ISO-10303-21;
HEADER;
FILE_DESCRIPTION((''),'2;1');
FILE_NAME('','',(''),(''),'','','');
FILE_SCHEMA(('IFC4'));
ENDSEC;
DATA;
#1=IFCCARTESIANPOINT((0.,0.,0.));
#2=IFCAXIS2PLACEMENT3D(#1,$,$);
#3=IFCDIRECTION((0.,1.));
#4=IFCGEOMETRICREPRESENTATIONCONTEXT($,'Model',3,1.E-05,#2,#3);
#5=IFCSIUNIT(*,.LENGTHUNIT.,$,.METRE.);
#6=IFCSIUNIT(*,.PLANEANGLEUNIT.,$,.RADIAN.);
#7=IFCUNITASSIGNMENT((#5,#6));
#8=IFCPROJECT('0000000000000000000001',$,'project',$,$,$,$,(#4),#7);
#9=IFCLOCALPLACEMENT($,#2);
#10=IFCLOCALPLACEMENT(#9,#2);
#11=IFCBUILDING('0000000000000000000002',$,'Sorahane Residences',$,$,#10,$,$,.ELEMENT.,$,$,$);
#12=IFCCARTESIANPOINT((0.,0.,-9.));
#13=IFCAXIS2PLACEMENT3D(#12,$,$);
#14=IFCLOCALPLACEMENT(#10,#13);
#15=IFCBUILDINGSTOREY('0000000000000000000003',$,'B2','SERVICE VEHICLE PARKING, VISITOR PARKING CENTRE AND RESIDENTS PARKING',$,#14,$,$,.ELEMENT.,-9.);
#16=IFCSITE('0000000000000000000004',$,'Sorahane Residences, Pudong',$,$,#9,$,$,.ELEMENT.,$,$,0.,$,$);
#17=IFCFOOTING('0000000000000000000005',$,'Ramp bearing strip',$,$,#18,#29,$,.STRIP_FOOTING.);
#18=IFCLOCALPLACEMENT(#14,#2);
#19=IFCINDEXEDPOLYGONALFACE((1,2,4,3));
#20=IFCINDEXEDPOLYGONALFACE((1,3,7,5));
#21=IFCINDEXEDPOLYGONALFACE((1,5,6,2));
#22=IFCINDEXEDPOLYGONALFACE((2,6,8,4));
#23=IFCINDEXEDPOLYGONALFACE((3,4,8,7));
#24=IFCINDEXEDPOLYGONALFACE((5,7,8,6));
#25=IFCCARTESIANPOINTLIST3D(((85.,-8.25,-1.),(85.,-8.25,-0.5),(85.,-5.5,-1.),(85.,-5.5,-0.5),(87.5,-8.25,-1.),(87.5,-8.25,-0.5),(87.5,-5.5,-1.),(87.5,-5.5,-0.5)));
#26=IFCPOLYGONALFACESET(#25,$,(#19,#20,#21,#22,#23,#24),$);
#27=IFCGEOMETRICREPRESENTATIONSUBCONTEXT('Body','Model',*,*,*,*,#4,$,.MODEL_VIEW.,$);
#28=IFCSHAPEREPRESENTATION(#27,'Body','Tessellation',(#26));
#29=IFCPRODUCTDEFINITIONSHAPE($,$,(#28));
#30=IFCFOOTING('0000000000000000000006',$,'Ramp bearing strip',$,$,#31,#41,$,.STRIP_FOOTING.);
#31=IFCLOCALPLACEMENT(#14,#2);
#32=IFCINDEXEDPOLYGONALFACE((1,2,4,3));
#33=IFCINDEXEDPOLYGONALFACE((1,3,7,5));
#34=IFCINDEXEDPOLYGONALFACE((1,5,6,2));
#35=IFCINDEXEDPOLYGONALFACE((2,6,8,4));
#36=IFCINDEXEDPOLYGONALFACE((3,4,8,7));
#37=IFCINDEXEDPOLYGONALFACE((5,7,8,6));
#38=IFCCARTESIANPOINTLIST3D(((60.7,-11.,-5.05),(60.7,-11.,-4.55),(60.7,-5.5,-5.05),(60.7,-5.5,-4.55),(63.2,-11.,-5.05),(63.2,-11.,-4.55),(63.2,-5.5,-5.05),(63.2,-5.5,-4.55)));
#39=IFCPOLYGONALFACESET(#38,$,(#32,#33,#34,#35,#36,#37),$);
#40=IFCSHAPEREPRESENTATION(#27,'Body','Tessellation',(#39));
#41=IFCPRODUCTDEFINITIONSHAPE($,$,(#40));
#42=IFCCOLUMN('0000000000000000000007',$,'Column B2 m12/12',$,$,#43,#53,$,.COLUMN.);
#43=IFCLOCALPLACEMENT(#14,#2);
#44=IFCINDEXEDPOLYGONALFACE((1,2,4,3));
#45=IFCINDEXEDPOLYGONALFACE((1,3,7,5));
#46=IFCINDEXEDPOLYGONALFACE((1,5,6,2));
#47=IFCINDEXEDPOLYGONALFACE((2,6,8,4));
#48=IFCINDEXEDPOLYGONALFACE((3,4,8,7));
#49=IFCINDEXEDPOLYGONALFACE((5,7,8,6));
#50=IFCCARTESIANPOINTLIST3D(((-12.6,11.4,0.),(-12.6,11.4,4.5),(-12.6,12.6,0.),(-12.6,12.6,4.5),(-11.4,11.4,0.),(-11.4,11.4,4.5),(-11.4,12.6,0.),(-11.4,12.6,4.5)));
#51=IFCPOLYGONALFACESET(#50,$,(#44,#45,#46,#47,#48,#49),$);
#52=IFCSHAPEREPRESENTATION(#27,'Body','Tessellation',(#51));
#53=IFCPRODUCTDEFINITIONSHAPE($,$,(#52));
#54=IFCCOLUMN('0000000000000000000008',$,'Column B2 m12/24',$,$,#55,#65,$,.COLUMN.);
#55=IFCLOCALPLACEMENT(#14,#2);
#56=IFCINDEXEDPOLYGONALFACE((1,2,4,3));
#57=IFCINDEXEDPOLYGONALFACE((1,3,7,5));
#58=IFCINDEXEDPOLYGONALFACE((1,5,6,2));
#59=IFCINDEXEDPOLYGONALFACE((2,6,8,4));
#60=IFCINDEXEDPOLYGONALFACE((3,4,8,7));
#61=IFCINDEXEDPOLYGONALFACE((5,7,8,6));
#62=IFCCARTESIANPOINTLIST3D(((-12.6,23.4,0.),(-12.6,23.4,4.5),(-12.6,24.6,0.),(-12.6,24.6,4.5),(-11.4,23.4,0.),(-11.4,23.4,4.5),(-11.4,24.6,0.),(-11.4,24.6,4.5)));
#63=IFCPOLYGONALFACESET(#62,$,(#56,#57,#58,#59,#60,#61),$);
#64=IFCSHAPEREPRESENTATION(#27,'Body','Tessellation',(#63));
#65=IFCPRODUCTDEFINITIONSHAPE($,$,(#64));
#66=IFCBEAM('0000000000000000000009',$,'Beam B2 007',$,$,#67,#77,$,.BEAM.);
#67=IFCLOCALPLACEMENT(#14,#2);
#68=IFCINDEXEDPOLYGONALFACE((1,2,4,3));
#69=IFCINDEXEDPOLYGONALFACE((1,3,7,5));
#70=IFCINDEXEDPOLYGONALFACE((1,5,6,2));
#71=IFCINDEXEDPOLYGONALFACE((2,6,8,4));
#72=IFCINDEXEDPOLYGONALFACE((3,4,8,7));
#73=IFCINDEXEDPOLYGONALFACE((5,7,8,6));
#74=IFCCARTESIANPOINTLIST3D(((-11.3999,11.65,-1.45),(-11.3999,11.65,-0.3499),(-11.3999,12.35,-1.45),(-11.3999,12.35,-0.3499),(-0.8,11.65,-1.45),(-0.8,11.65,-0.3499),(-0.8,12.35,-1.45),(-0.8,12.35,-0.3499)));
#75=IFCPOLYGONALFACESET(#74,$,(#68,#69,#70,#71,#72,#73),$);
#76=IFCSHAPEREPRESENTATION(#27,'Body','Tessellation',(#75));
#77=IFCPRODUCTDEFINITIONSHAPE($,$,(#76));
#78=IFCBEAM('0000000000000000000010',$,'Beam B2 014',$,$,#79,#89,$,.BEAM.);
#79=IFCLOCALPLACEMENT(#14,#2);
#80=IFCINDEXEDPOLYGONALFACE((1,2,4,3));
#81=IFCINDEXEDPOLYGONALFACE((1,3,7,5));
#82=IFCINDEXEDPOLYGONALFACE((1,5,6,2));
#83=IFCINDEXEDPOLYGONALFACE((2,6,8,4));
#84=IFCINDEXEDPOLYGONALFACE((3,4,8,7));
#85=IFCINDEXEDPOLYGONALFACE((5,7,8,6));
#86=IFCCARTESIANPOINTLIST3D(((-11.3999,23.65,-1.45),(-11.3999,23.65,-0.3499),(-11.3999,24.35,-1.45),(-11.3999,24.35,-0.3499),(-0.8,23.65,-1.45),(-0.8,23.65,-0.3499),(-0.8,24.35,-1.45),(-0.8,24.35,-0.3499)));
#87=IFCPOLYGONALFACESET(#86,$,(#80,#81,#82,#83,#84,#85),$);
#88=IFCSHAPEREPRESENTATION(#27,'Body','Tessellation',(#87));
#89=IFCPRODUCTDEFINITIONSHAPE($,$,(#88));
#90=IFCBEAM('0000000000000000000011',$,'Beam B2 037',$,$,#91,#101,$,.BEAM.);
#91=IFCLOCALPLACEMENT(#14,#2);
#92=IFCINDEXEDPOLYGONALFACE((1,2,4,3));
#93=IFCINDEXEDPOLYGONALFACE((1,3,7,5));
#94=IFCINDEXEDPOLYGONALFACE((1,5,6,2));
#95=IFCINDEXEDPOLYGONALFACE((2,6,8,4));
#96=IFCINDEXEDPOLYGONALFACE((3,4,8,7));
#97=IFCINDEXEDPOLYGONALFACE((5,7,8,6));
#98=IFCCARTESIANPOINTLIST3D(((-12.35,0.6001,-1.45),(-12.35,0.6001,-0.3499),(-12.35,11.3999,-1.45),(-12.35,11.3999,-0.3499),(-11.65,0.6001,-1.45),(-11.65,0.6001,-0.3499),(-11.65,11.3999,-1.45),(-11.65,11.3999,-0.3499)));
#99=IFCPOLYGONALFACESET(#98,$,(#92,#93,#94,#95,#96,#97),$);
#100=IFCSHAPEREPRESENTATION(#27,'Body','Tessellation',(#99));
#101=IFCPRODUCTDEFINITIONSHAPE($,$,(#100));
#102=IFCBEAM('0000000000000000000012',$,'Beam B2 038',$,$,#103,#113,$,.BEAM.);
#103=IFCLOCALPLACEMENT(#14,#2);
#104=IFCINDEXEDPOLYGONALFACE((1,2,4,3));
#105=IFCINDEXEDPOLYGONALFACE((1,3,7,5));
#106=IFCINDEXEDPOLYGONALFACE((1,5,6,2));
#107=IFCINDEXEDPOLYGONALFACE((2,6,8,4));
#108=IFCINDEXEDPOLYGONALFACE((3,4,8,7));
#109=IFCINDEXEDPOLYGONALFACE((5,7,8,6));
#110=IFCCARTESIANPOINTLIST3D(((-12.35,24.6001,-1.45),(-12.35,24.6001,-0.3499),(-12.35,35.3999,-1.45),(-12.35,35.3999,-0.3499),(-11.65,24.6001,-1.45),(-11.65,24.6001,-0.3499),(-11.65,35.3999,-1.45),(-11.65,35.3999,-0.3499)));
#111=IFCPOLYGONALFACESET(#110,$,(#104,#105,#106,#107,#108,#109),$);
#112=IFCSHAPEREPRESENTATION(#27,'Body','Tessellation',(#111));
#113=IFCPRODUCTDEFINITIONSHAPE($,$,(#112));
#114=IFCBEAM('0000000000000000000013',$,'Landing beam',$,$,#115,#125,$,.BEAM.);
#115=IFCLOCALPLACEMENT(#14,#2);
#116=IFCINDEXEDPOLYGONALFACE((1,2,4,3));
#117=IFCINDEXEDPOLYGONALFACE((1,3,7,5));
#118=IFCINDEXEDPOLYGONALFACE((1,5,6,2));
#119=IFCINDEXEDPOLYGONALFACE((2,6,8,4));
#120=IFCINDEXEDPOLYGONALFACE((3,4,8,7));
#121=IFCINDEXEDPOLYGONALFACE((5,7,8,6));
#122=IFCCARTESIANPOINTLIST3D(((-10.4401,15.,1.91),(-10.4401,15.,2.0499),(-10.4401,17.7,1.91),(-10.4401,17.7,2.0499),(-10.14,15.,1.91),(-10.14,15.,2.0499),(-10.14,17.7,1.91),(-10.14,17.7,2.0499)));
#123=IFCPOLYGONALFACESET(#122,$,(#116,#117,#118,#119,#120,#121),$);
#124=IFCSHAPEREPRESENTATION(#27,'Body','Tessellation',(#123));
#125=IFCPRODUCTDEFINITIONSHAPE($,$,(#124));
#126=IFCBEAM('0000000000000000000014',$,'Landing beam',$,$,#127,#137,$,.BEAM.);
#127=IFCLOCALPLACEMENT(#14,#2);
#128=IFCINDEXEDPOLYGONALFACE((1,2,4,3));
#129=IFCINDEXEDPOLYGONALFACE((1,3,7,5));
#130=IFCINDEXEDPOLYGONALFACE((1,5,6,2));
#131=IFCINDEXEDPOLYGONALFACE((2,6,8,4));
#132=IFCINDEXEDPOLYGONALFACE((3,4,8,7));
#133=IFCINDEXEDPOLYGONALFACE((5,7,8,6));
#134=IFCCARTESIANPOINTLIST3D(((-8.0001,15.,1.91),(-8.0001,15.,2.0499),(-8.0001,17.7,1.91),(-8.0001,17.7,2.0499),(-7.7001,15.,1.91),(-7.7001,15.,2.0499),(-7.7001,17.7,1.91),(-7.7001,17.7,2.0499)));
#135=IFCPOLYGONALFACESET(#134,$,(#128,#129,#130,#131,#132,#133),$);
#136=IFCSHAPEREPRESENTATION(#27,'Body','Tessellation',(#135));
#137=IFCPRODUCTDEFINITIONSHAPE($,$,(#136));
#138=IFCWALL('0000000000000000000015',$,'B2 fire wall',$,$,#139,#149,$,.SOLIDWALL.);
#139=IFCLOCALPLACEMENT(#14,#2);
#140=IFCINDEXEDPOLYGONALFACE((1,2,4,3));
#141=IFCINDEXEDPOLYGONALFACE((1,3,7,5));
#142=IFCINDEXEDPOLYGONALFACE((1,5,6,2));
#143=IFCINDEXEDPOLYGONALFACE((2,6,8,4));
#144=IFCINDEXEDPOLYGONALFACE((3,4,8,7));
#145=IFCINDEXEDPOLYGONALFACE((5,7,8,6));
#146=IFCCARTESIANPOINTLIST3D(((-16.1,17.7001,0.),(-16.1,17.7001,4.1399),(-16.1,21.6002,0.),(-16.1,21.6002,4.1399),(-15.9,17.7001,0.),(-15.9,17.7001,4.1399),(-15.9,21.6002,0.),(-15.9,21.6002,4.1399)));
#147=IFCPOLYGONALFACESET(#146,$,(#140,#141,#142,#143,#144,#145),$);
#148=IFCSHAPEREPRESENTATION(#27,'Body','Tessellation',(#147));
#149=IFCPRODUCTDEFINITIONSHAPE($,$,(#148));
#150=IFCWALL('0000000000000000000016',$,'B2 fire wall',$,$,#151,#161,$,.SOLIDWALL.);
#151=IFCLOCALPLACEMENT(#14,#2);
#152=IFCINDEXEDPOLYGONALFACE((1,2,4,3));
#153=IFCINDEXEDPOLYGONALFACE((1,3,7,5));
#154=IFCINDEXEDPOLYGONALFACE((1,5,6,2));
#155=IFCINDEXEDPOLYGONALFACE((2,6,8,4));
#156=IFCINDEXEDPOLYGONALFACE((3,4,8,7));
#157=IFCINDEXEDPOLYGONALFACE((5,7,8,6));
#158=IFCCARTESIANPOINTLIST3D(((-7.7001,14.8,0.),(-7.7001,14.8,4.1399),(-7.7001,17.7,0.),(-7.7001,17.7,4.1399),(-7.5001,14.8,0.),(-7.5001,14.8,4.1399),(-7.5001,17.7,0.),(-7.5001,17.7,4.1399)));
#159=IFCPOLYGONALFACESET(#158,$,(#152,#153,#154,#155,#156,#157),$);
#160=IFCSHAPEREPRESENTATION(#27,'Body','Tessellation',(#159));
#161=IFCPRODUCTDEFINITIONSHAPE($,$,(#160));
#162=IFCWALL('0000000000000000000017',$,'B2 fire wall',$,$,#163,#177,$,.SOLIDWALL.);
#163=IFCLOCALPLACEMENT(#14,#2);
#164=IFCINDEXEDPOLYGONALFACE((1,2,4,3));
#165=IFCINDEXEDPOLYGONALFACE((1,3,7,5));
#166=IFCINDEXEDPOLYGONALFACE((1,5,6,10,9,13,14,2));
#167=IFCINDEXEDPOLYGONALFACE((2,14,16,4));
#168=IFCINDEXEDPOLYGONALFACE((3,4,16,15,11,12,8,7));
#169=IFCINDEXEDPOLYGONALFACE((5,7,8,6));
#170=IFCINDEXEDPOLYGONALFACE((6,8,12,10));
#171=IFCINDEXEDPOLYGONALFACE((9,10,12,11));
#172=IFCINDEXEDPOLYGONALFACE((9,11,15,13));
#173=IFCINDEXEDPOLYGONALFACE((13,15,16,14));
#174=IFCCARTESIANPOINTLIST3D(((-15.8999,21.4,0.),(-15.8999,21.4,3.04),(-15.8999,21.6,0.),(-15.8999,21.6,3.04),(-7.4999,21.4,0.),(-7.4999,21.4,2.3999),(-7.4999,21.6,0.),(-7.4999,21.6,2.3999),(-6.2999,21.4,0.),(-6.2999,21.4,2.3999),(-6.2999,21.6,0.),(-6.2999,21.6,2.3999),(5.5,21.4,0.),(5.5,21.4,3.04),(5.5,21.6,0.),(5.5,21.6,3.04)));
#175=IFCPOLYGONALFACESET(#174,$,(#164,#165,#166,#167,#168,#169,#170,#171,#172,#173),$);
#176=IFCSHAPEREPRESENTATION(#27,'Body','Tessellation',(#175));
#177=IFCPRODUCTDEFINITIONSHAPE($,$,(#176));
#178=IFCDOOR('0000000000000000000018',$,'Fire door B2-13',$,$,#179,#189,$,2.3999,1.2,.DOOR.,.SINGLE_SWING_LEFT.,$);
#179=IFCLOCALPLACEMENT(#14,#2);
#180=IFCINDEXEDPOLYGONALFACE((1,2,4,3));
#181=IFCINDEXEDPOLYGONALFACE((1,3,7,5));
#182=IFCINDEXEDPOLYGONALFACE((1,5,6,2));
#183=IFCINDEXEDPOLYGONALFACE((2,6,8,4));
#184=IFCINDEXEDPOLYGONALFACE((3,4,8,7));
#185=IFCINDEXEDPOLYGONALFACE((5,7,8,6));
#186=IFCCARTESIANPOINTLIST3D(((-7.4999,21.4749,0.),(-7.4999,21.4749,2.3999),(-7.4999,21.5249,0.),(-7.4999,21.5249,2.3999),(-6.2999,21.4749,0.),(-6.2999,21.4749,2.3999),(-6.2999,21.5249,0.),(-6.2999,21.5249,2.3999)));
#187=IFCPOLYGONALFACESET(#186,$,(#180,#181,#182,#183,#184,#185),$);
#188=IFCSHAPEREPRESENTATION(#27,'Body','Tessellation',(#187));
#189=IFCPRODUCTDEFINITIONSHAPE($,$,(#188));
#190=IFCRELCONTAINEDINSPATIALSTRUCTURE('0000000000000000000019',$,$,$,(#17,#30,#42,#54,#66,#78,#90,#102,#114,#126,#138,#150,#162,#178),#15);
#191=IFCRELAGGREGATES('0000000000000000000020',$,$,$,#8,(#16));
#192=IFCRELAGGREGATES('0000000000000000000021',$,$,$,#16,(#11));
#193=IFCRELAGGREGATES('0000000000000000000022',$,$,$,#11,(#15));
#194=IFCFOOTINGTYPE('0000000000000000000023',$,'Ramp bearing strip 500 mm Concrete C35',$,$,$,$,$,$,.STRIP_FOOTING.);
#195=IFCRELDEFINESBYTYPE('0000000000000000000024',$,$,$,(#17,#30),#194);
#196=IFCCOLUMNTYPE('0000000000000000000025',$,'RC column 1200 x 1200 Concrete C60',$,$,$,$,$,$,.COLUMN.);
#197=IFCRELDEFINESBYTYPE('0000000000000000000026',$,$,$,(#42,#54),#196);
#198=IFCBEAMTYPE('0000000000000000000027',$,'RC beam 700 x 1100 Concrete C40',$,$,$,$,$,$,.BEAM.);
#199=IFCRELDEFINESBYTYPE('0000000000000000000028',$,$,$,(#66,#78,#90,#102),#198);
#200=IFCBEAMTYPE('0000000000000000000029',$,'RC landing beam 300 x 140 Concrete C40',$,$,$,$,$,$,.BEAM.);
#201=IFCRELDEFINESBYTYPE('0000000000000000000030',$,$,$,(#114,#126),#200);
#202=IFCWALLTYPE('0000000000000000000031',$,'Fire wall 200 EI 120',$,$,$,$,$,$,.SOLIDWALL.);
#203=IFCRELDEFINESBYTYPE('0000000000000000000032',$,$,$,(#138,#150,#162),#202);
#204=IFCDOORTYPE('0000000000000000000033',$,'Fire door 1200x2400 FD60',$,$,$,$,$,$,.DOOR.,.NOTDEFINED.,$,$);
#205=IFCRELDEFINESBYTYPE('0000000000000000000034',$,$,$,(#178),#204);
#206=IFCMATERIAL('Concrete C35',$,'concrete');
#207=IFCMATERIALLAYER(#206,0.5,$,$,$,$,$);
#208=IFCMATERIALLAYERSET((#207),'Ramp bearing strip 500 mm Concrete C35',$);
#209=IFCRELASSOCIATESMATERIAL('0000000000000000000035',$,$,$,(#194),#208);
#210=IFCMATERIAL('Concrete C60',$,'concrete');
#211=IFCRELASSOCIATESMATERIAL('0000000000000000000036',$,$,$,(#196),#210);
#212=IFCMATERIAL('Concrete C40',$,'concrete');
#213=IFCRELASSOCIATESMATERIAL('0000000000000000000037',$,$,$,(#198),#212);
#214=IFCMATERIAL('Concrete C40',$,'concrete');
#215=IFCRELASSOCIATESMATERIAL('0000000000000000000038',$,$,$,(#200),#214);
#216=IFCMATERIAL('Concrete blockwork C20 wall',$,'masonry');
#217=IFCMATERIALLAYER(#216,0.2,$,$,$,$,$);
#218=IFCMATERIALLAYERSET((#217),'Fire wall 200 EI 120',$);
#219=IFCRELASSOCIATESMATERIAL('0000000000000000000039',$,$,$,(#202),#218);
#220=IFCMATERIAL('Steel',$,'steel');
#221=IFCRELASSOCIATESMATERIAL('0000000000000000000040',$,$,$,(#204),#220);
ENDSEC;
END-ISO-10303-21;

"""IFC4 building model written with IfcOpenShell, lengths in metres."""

from ifc_helpers import new_model, si_unit, direction, frame, frame_2d, origin, origin_2d, place, context, subcontext, project, spatial, polyline, rectangle, outline, extrude, material, layer, layer_set, material_profile, profile_set, type_object, element, fill, save


model = new_model("IFC4")

# Units and contexts
model_context = context("Model", 3, precision=1e-05, world=origin(), true_north=direction((0.0, 1.0)))
body_context = subcontext(model_context, "Body", "Model", "MODEL_VIEW")
ifc_project = project(units=[si_unit("LENGTHUNIT", "METRE"), si_unit("PLANEANGLEUNIT", "RADIAN")], contexts=[model_context])

# Site, building, storey
site_placement = place(None, origin())
site = spatial("IfcSite", under=ifc_project, at=site_placement, Name="Sorahane Residences, Pudong", CompositionType="ELEMENT", RefElevation=0.0)
building_placement = place(site_placement, origin())
building = spatial("IfcBuilding", under=site, at=building_placement, Name="Sorahane Residences", CompositionType="ELEMENT")
storey_placement = place(building_placement, frame((0.0, 0.0, -9.0)))
storey = spatial("IfcBuildingStorey", under=building, at=storey_placement, Name="B2", Description="SERVICE VEHICLE PARKING, VISITOR PARKING CENTRE AND RESIDENTS PARKING", CompositionType="ELEMENT", Elevation=-9.0)

# Footings
ifc_material_1 = material(Name="Concrete C35", Category="concrete")
ifc_layer_1 = layer(ifc_material_1, 0.5)
ifc_layer_set_1 = layer_set([ifc_layer_1], Name="Ramp bearing strip 500 mm Concrete C35")
footing_type = type_object("IfcFootingType", Name="Ramp bearing strip 500 mm Concrete C35", PredefinedType="STRIP_FOOTING", material=ifc_layer_set_1)
footing_1_placement = place(storey_placement, frame((0.0, 0.0, -1.0)))
element("IfcFooting", 1, at=footing_1_placement, inside=storey, type_object=footing_type, Name="Ramp bearing strip", PredefinedType="STRIP_FOOTING", context=body_context, shape_type="SweptSolid", body=[
    extrude(outline(polyline([(85.0, -8.25), (87.5, -8.25), (87.5, -5.5), (85.0, -5.5), (85.0, -8.25)])), origin(), (0.0, 0.0, 1.0), 0.5),
])
footing_2_placement = place(storey_placement, frame((0.0, 0.0, -5.05)))
element("IfcFooting", 2, at=footing_2_placement, inside=storey, type_object=footing_type, Name="Ramp bearing strip", PredefinedType="STRIP_FOOTING", context=body_context, shape_type="SweptSolid", body=[
    extrude(outline(polyline([(60.7, -11.0), (63.2, -11.0), (63.2, -5.5), (60.7, -5.5), (60.7, -11.0)])), origin(), (0.0, 0.0, 1.0), 0.5),
])

# Columns
ifc_material_2 = material(Name="Concrete C60", Category="concrete")
ifc_material_profile_1 = material_profile(ifc_material_2, rectangle(XDim=1.2, YDim=1.2, at=origin_2d()), Name="1200x1200")
ifc_profile_set_1 = profile_set([ifc_material_profile_1], Name="Concrete C60")
column_type = type_object("IfcColumnType", Name="RC column 1200 x 1200 Concrete C60", PredefinedType="COLUMN", material=ifc_profile_set_1)
for number, where, z_axis, x_axis, name in (
    (3, (-12.0, 12.0, 0.0), (0.0, 0.0, 1.0), (1.0, 0.0, 0.0), "Column B2 m12/12"),
    (4, (-12.0, 24.0, 0.0), (0.0, 0.0, 1.0), (1.0, 0.0, 0.0), "Column B2 m12/24"),
):
    element("IfcColumn", number, at=place(storey_placement, frame(where, z_axis=z_axis, x_axis=x_axis)), inside=storey, type_object=column_type, Name=name, PredefinedType="COLUMN", context=body_context, shape_type="SweptSolid", body=[
        extrude(rectangle(XDim=1.2, YDim=1.2, at=origin_2d()), origin(), (0.0, 0.0, 1.0), 4.5),
    ])

# Beams
ifc_material_3 = material(Name="Concrete C40", Category="concrete")
ifc_material_profile_2 = material_profile(ifc_material_3, rectangle(XDim=0.7, YDim=1.1001, at=origin_2d()), Name="700x1100")
ifc_profile_set_2 = profile_set([ifc_material_profile_2], Name="Concrete C40")
beam_type_1 = type_object("IfcBeamType", Name="RC beam 700 x 1100 Concrete C40", PredefinedType="BEAM", material=ifc_profile_set_2)
for number, where, z_axis, x_axis, name in (
    (5, (-11.3999, 12.0, -0.8999), (1.0, 0.0, 0.0), (0.0, 1.0, 0.0), "Beam B2 007"),
    (6, (-11.3999, 24.0, -0.8999), (1.0, 0.0, 0.0), (0.0, 1.0, 0.0), "Beam B2 014"),
):
    element("IfcBeam", number, at=place(storey_placement, frame(where, z_axis=z_axis, x_axis=x_axis)), inside=storey, type_object=beam_type_1, Name=name, PredefinedType="BEAM", context=body_context, shape_type="SweptSolid", body=[
        extrude(rectangle(XDim=0.7, YDim=1.1001, at=origin_2d()), origin(), (0.0, 0.0, 1.0), 10.5999),
    ])
for number, where, z_axis, x_axis, name in (
    (7, (-12.0, 0.6001, -0.8999), (0.0, 1.0, 0.0), (-1.0, 0.0, 0.0), "Beam B2 037"),
    (8, (-12.0, 24.6001, -0.8999), (0.0, 1.0, 0.0), (-1.0, 0.0, 0.0), "Beam B2 038"),
):
    element("IfcBeam", number, at=place(storey_placement, frame(where, z_axis=z_axis, x_axis=x_axis)), inside=storey, type_object=beam_type_1, Name=name, PredefinedType="BEAM", context=body_context, shape_type="SweptSolid", body=[
        extrude(rectangle(XDim=0.7, YDim=1.1001, at=origin_2d()), origin(), (0.0, 0.0, 1.0), 10.7998),
    ])
ifc_material_4 = material(Name="Concrete C40", Category="concrete")
ifc_material_profile_3 = material_profile(ifc_material_4, rectangle(XDim=0.3, YDim=0.1399, at=origin_2d()), Name="300x140")
ifc_profile_set_3 = profile_set([ifc_material_profile_3], Name="Concrete C40")
beam_type_2 = type_object("IfcBeamType", Name="RC landing beam 300 x 140 Concrete C40", PredefinedType="BEAM", material=ifc_profile_set_3)
for number, where, z_axis, x_axis, name in (
    (9, (-10.29, 15.0, 1.98), (0.0, 1.0, 0.0), (-1.0, 0.0, 0.0), "Landing beam"),
    (10, (-7.8501, 15.0, 1.98), (0.0, 1.0, 0.0), (-1.0, 0.0, 0.0), "Landing beam"),
):
    element("IfcBeam", number, at=place(storey_placement, frame(where, z_axis=z_axis, x_axis=x_axis)), inside=storey, type_object=beam_type_2, Name=name, PredefinedType="BEAM", context=body_context, shape_type="SweptSolid", body=[
        extrude(rectangle(XDim=0.3, YDim=0.1399, at=origin_2d()), origin(), (0.0, 0.0, 1.0), 2.7),
    ])

# Wall
ifc_material_5 = material(Name="Concrete blockwork C20 wall", Category="masonry")
ifc_layer_2 = layer(ifc_material_5, 0.2)
ifc_layer_set_2 = layer_set([ifc_layer_2], Name="Fire wall 200 EI 120")
wall_type_1 = type_object("IfcWallType", Name="Fire wall 200 EI 120", PredefinedType="SOLIDWALL", material=ifc_layer_set_2)
wall_1_placement = place(storey_placement, frame((-16.0, 17.7, 0.0), z_axis=(0.0, 0.0, 1.0), x_axis=(0.0, 1.0, 0.0)))
element("IfcWall", 11, at=wall_1_placement, inside=storey, type_object=wall_type_1, Name="B2 fire wall", PredefinedType="SOLIDWALL", context=body_context, shape_type="SweptSolid", body=[
    extrude(rectangle(XDim=3.9001, YDim=0.2, at=frame_2d((1.9502, 0.0))), origin(), (0.0, 0.0, 1.0), 4.1399),
])

# Wall
wall_2_placement = place(storey_placement, frame((-7.6001, 14.8, 0.0), z_axis=(0.0, 0.0, 1.0), x_axis=(0.0, 1.0, 0.0)))
element("IfcWall", 12, at=wall_2_placement, inside=storey, type_object=wall_type_1, Name="B2 fire wall", PredefinedType="SOLIDWALL", context=body_context, shape_type="SweptSolid", body=[
    extrude(rectangle(XDim=2.8999, YDim=0.2, at=frame_2d((1.45, 0.0))), origin(), (0.0, 0.0, 1.0), 4.1399),
])

# Wall, opening, door
wall_3_placement = place(storey_placement, frame((-15.8999, 21.5, 0.0), z_axis=(0.0, 0.0, 1.0), x_axis=(1.0, 0.0, 0.0)))
wall_3 = element("IfcWall", 13, at=wall_3_placement, inside=storey, type_object=wall_type_1, Name="B2 fire wall", PredefinedType="SOLIDWALL", context=body_context, shape_type="SweptSolid", body=[
    extrude(rectangle(XDim=21.3999, YDim=0.2, at=frame_2d((10.7, 0.0))), origin(), (0.0, 0.0, 1.0), 3.04),
])
opening_1_placement = place(wall_3_placement, frame((8.3999, 0.0, 0.0)))
opening_1 = element("IfcOpeningElement", 14, at=opening_1_placement, cuts=wall_3, PredefinedType="OPENING", context=body_context, shape_type="SweptSolid", body=[
    extrude(rectangle(XDim=1.2, YDim=2.3999, at=frame_2d((0.6001, 1.2))), frame((0.0, 0.1099, 0.0), z_axis=(0.0, -1.0, 0.0), x_axis=(1.0, 0.0, 0.0)), (0.0, 0.0, 1.0), 0.22),
])
ifc_material_6 = material(Name="Steel", Category="steel")
door_type_1 = type_object("IfcDoorType", Name="Fire door 1200x2400 FD60", OperationType="NOTDEFINED", PredefinedType="DOOR", material=ifc_material_6)
door_1_placement = place(opening_1_placement, origin())
door_1 = element("IfcDoor", 15, at=door_1_placement, inside=storey, type_object=door_type_1, Name="Fire door B2-13", OperationType="SINGLE_SWING_LEFT", OverallHeight=2.3999, OverallWidth=1.2, PredefinedType="DOOR", context=body_context, shape_type="SweptSolid", body=[
    extrude(rectangle(XDim=1.2, YDim=2.3999, at=frame_2d((0.6001, 1.2))), frame((0.0, 0.0249, 0.0), z_axis=(0.0, -1.0, 0.0), x_axis=(1.0, 0.0, 0.0)), (0.0, 0.0, 1.0), 0.05),
])
fill(opening_1, door_1)

save(model, "model.ifc")
